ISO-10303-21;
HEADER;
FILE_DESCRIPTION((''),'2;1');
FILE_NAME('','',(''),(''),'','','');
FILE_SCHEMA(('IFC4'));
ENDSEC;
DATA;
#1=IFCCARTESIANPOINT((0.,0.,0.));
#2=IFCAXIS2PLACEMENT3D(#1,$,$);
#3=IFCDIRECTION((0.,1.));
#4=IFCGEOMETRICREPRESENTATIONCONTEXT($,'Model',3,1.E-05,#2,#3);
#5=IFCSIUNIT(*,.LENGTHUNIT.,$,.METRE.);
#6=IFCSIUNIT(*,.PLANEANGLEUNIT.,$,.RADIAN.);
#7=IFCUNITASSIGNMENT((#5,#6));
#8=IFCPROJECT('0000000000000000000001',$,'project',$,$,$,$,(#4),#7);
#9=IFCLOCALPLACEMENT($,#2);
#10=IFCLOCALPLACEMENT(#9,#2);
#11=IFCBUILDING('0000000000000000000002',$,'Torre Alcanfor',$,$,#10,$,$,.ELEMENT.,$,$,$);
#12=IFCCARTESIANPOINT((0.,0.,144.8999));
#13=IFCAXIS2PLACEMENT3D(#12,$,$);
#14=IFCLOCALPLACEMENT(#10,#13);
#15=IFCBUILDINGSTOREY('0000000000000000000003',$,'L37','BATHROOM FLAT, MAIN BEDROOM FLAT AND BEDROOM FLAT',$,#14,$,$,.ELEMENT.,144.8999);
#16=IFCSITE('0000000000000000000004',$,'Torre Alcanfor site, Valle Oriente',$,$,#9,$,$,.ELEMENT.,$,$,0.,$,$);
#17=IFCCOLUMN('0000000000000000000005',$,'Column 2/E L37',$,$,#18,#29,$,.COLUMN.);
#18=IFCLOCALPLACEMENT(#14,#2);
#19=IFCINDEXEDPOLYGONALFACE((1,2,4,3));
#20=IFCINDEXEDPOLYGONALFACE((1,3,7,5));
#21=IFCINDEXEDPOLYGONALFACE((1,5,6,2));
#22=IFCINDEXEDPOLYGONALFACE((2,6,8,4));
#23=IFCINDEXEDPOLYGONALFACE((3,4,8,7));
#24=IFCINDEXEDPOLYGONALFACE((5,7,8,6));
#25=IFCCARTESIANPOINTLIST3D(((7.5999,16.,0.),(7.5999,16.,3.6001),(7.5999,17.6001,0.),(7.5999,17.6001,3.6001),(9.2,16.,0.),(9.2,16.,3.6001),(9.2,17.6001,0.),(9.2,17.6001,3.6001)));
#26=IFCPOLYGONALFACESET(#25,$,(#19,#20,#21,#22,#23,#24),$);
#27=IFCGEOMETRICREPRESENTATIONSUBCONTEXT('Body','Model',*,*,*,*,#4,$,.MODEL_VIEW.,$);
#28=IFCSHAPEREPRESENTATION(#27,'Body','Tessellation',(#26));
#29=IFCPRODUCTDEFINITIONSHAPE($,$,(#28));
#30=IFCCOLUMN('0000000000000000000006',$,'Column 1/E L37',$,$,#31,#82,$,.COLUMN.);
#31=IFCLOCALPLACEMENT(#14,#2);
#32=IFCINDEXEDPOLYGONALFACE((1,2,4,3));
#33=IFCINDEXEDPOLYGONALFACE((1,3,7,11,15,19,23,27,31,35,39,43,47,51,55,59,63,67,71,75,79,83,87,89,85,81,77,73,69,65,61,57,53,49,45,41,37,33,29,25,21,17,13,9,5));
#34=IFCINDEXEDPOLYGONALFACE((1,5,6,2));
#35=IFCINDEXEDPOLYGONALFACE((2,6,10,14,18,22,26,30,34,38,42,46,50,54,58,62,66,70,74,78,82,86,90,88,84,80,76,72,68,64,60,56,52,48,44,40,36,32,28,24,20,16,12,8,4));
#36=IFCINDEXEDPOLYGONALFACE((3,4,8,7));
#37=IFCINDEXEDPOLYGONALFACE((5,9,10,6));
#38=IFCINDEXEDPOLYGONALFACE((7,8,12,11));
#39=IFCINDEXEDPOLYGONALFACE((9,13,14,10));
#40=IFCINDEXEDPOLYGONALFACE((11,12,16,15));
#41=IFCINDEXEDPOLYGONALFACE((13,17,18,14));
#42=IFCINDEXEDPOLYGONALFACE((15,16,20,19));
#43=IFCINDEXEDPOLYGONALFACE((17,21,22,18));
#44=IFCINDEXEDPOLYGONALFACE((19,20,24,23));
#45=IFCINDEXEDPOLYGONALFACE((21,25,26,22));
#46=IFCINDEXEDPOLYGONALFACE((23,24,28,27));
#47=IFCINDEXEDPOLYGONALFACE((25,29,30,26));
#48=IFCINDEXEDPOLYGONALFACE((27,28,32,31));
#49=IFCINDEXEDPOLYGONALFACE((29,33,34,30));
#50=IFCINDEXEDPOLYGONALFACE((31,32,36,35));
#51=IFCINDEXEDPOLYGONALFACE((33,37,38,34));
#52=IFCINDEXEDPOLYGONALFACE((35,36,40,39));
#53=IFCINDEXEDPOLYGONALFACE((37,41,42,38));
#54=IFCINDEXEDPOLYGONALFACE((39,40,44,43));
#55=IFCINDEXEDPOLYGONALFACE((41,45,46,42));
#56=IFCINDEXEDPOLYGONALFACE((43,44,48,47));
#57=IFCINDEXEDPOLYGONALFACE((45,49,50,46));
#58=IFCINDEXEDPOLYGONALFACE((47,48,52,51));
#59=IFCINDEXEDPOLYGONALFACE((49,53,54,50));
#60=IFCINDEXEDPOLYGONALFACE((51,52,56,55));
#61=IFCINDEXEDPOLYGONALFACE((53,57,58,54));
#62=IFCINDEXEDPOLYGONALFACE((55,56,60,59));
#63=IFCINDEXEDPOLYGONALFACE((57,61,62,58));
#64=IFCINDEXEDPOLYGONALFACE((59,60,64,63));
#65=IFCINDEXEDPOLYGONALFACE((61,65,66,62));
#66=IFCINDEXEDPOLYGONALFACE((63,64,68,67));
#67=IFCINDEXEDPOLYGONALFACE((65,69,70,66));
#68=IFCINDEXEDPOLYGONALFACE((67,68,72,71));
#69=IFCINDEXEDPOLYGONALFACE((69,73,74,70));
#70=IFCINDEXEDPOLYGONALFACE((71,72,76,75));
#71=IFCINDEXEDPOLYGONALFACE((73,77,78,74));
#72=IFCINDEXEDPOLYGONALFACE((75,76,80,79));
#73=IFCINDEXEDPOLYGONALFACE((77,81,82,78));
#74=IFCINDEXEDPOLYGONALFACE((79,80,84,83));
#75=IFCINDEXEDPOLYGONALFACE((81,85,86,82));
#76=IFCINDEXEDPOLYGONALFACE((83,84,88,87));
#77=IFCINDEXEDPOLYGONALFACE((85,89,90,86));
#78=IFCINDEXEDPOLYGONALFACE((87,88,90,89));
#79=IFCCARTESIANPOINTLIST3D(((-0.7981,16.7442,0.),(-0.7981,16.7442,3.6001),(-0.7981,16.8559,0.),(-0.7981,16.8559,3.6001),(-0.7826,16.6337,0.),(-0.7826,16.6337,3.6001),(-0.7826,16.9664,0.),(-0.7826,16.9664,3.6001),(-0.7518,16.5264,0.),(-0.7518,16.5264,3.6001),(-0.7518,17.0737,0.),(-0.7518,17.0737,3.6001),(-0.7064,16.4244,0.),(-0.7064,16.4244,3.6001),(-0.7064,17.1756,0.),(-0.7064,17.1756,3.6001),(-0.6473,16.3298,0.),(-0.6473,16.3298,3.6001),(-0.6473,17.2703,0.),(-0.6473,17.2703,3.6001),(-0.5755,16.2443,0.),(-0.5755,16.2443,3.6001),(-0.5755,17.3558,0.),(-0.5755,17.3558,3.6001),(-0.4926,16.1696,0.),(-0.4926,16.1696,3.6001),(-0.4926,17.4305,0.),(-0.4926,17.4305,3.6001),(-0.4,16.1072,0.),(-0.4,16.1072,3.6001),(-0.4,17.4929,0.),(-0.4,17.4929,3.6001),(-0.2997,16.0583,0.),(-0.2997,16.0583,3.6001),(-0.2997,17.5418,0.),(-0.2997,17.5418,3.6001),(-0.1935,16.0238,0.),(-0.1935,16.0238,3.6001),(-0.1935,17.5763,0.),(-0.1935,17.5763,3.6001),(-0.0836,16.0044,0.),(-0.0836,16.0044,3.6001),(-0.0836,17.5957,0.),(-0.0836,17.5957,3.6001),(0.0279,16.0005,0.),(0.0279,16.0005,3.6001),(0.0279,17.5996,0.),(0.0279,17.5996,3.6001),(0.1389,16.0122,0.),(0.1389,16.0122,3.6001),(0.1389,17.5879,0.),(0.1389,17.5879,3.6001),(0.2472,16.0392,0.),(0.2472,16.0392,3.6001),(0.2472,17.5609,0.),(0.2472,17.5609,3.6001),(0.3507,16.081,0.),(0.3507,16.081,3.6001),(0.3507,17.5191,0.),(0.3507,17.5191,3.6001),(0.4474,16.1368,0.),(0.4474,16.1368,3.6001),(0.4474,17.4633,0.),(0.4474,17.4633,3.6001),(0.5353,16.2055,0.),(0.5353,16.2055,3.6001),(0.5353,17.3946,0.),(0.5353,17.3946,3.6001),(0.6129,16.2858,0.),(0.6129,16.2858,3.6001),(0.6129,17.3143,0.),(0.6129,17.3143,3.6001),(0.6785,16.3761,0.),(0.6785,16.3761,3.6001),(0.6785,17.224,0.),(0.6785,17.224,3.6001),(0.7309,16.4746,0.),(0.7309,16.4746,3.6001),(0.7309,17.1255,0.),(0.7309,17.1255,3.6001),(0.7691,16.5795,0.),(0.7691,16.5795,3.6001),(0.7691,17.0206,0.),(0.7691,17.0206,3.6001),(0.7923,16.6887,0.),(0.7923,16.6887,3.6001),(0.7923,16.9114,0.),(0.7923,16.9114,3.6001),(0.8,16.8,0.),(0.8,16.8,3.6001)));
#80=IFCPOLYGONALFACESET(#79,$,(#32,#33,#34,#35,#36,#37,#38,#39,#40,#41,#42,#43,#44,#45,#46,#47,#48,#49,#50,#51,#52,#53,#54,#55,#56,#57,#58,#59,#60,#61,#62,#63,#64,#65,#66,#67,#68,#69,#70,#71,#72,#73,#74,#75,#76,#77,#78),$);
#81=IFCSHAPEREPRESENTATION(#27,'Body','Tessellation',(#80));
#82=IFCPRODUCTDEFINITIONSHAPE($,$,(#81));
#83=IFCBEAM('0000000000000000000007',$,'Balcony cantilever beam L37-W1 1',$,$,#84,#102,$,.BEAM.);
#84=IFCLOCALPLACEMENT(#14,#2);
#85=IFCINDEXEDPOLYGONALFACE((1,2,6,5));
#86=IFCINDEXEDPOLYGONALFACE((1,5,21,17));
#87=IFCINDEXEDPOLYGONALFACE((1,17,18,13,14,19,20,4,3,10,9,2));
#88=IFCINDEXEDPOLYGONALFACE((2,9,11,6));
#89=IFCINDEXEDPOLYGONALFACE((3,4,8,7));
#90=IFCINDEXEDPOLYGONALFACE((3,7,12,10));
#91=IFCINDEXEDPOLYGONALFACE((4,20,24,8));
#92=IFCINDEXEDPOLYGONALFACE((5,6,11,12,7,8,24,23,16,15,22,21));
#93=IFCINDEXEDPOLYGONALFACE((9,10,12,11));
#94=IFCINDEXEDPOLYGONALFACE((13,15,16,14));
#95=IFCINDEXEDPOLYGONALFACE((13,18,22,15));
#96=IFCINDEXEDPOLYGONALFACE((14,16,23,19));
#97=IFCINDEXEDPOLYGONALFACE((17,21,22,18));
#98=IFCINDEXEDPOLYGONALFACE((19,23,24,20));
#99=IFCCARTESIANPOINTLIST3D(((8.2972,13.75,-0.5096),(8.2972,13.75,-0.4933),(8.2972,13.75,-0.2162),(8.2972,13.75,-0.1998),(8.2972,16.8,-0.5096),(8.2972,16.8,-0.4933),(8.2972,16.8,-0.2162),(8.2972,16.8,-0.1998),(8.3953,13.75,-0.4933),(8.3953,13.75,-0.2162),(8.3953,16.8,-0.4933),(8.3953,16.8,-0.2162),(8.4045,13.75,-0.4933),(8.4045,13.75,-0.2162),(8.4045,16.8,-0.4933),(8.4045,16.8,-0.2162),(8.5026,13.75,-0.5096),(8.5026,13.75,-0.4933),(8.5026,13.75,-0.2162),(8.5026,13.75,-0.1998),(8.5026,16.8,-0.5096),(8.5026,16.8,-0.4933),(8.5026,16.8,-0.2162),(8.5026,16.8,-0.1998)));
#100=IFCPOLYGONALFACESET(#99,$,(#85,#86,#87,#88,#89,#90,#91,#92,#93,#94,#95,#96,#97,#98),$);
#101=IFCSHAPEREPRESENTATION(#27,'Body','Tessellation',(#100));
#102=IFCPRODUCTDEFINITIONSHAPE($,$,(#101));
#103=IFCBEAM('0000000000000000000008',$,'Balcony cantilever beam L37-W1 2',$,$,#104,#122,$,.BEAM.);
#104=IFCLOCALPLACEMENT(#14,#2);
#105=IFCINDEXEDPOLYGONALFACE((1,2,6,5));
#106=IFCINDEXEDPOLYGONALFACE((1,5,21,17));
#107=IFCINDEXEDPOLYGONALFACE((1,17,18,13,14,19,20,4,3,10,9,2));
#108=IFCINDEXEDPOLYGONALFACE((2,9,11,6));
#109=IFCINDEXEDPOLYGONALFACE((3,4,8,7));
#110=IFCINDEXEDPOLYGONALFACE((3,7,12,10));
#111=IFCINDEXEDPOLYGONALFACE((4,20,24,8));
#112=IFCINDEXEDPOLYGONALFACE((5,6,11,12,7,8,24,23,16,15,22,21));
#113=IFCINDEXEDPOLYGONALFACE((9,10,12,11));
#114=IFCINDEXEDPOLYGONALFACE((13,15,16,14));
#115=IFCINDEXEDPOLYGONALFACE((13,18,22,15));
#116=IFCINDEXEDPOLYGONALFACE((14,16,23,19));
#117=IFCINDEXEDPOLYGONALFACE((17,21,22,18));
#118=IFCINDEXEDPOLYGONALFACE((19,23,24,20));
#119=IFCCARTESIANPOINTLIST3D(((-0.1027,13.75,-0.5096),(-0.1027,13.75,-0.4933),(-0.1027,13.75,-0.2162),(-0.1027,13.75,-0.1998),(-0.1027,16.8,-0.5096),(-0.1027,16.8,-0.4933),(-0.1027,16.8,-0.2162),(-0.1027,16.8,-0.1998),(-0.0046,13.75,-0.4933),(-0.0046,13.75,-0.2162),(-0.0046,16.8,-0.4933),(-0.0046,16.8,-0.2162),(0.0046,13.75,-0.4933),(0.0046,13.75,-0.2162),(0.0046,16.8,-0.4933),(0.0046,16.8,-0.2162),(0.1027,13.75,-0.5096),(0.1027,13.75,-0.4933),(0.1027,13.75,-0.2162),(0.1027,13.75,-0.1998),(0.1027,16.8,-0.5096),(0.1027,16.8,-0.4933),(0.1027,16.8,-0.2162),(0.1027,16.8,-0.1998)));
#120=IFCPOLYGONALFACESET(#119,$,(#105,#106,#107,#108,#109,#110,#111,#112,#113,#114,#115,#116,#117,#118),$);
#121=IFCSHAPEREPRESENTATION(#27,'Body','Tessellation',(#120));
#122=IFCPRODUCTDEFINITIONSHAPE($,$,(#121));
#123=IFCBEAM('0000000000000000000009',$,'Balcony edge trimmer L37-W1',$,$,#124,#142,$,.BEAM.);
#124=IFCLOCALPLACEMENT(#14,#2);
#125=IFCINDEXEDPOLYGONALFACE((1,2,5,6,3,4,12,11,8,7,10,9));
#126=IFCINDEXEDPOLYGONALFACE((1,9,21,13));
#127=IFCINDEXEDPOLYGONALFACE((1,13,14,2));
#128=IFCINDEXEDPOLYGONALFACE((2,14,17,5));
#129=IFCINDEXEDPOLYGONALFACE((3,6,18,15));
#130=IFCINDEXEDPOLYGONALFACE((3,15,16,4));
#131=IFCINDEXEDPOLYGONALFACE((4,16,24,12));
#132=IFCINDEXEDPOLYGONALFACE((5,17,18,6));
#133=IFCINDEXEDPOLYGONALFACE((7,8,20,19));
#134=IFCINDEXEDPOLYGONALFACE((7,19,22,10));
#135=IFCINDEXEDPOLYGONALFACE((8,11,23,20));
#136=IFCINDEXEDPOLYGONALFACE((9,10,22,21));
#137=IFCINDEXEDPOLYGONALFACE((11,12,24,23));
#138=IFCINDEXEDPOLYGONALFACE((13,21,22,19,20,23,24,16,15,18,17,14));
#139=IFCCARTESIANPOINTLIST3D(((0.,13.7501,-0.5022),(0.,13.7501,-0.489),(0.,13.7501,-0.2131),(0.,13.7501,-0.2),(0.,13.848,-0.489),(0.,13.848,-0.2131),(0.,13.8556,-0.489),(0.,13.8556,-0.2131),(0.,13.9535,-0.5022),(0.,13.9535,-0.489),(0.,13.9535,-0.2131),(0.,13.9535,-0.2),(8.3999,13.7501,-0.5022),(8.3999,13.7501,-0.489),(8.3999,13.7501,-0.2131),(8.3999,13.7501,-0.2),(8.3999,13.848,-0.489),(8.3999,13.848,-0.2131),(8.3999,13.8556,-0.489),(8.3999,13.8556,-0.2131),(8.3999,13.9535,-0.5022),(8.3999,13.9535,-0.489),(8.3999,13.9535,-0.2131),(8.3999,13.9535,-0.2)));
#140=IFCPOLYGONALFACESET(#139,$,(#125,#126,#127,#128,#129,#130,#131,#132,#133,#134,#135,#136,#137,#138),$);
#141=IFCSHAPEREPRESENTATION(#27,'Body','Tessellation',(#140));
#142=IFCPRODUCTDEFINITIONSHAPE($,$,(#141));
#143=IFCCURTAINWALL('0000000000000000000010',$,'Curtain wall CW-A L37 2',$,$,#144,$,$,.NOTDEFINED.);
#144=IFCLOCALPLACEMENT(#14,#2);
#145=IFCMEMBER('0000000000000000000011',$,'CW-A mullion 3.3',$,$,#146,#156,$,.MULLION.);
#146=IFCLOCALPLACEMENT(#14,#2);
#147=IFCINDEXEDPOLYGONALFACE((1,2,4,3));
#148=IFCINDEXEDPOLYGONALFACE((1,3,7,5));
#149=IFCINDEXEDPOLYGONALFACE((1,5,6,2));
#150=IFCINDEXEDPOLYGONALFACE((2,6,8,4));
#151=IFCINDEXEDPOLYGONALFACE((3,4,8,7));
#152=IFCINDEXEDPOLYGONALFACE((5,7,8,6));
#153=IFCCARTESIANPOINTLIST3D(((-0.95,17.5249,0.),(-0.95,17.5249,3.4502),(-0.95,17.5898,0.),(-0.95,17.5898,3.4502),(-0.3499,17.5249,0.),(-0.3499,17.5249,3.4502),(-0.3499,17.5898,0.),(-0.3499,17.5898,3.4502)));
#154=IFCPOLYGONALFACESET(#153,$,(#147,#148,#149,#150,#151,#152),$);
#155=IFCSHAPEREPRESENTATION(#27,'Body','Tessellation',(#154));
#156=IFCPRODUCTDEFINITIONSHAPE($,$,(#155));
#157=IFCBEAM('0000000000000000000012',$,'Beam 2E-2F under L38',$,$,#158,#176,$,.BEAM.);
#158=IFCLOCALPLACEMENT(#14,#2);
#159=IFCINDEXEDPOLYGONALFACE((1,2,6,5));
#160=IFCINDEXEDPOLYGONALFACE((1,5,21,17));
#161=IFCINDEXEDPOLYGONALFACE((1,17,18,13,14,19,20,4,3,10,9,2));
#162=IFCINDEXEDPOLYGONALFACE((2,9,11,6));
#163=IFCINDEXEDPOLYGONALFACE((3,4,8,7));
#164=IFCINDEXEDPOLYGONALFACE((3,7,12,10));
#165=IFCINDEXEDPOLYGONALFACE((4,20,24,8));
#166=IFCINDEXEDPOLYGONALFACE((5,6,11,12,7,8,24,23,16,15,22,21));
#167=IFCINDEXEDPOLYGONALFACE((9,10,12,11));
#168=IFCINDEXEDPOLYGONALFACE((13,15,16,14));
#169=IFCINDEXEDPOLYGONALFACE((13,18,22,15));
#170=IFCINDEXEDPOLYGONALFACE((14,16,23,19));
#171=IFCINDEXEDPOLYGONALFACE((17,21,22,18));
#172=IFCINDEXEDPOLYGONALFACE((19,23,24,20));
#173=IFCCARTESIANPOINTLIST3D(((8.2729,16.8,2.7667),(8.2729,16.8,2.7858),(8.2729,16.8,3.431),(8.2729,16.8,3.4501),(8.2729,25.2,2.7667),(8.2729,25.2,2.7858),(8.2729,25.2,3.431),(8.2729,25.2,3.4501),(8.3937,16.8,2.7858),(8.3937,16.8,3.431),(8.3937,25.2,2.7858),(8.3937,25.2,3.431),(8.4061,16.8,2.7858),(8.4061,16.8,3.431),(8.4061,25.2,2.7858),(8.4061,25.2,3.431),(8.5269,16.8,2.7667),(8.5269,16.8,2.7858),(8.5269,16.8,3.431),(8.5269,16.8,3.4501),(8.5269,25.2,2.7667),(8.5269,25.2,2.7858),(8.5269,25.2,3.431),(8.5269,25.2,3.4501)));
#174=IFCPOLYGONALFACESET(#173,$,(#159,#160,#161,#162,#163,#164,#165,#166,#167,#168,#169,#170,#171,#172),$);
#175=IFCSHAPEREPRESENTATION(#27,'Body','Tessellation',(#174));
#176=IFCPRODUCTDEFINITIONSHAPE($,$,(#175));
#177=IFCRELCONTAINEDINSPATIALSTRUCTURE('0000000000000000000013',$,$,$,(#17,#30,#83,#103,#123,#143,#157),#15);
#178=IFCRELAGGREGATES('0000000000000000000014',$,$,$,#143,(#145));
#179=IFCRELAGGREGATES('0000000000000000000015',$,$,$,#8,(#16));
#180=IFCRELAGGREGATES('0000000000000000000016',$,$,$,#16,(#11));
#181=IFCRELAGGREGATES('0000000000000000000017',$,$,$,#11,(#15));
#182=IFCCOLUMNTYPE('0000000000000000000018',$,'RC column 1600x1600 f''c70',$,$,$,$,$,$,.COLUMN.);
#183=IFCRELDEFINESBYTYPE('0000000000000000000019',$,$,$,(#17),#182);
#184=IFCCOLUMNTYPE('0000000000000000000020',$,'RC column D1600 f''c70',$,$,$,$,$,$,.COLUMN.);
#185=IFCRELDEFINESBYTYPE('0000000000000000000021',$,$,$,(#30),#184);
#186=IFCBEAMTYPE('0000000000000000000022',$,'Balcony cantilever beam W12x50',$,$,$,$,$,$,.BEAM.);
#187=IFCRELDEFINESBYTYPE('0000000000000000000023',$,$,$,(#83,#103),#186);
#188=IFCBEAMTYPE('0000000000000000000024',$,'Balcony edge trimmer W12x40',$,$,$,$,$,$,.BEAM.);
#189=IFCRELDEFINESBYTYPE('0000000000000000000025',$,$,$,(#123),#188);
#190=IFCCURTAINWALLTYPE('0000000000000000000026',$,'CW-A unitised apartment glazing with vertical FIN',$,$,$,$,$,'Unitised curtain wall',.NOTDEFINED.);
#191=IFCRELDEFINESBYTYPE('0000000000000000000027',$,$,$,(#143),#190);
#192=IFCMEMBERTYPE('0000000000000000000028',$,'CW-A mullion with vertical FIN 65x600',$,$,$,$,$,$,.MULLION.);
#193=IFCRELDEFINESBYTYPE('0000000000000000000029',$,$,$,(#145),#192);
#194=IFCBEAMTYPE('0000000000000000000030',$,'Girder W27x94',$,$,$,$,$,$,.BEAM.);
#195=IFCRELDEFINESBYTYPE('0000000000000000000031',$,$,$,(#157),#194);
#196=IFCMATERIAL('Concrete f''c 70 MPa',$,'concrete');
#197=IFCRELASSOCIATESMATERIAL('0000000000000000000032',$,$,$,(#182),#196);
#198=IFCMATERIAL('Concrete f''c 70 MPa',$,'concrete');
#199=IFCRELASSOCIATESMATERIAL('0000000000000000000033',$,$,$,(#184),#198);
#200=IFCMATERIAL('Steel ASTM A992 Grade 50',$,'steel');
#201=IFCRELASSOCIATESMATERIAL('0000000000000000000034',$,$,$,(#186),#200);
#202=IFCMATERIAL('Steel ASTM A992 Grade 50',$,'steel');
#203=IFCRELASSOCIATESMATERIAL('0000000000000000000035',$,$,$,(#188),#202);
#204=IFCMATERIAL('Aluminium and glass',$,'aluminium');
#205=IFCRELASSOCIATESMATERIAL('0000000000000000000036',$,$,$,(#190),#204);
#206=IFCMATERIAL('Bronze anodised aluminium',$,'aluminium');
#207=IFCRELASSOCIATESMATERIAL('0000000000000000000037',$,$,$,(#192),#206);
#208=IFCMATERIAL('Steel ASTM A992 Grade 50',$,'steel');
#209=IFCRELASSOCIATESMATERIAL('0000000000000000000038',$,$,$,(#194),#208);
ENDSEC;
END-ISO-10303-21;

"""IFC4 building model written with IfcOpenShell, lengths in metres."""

from ifc_helpers import new_model, si_unit, direction, frame, origin, origin_2d, place, context, subcontext, project, spatial, rectangle, circle, i_section, extrude, material, material_profile, profile_set, type_object, element, aggregate, save


model = new_model("IFC4")

# Units and contexts
model_context = context("Model", 3, precision=1e-05, world=origin(), true_north=direction((0.0, 1.0)))
body_context = subcontext(model_context, "Body", "Model", "MODEL_VIEW")
ifc_project = project(units=[si_unit("LENGTHUNIT", "METRE"), si_unit("PLANEANGLEUNIT", "RADIAN")], contexts=[model_context])

# Site, building, storey
site_placement = place(None, origin())
site = spatial("IfcSite", under=ifc_project, at=site_placement, Name="Torre Alcanfor site, Valle Oriente", CompositionType="ELEMENT", RefElevation=0.0)
building_placement = place(site_placement, origin())
building = spatial("IfcBuilding", under=site, at=building_placement, Name="Torre Alcanfor", CompositionType="ELEMENT")
storey_placement = place(building_placement, frame((0.0, 0.0, 144.8999)))
storey = spatial("IfcBuildingStorey", under=building, at=storey_placement, Name="L37", Description="BATHROOM FLAT, MAIN BEDROOM FLAT AND BEDROOM FLAT", CompositionType="ELEMENT", Elevation=144.8999)

# Columns
ifc_material_1 = material(Name="Concrete f'c 70 MPa", Category="concrete")
ifc_material_profile_1 = material_profile(ifc_material_1, rectangle(XDim=1.6001, YDim=1.6001, at=origin_2d()), Name="1600x1600")
ifc_profile_set_1 = profile_set([ifc_material_profile_1], Name="Concrete f'c 70 MPa")
column_type_1 = type_object("IfcColumnType", Name="RC column 1600x1600 f'c70", PredefinedType="COLUMN", material=ifc_profile_set_1)
column_1_placement = place(storey_placement, frame((8.3999, 16.8, 0.0), z_axis=(0.0, 0.0, 1.0), x_axis=(1.0, 0.0, 0.0)))
element("IfcColumn", 1, at=column_1_placement, inside=storey, type_object=column_type_1, Name="Column 2/E L37", PredefinedType="COLUMN", context=body_context, shape_type="SweptSolid", body=[
    extrude(rectangle(XDim=1.6001, YDim=1.6001, at=origin_2d()), origin(), (0.0, 0.0, 1.0), 3.6001),
])
ifc_material_2 = material(Name="Concrete f'c 70 MPa", Category="concrete")
ifc_material_profile_2 = material_profile(ifc_material_2, circle(Radius=0.8, at=origin_2d()), Name="D1600")
ifc_profile_set_2 = profile_set([ifc_material_profile_2], Name="Concrete f'c 70 MPa")
column_type_2 = type_object("IfcColumnType", Name="RC column D1600 f'c70", PredefinedType="COLUMN", material=ifc_profile_set_2)
column_2_placement = place(storey_placement, frame((0.0, 16.8, 0.0), z_axis=(0.0, 0.0, 1.0), x_axis=(1.0, 0.0, 0.0)))
element("IfcColumn", 2, at=column_2_placement, inside=storey, type_object=column_type_2, Name="Column 1/E L37", PredefinedType="COLUMN", context=body_context, shape_type="SweptSolid", body=[
    extrude(circle(Radius=0.8, at=origin_2d()), origin(), (0.0, 0.0, 1.0), 3.6001),
])

# Beams
ifc_material_3 = material(Name="Steel ASTM A992 Grade 50", Category="steel")
ifc_material_profile_3 = material_profile(ifc_material_3, i_section(OverallWidth=0.2053, OverallDepth=0.3098, WebThickness=0.0093, FlangeThickness=0.0164, at=origin_2d()), Name="W12x50")
ifc_profile_set_3 = profile_set([ifc_material_profile_3], Name="Steel ASTM A992 Grade 50")
beam_type_1 = type_object("IfcBeamType", Name="Balcony cantilever beam W12x50", PredefinedType="BEAM", material=ifc_profile_set_3)
for number, where, z_axis, x_axis, name in (
    (3, (8.3999, 16.8, -0.3547), (0.0, -1.0, 0.0), (1.0, 0.0, 0.0), "Balcony cantilever beam L37-W1 1"),
    (4, (0.0, 16.8, -0.3547), (0.0, -1.0, 0.0), (1.0, 0.0, 0.0), "Balcony cantilever beam L37-W1 2"),
):
    element("IfcBeam", number, at=place(storey_placement, frame(where, z_axis=z_axis, x_axis=x_axis)), inside=storey, type_object=beam_type_1, Name=name, PredefinedType="BEAM", context=body_context, shape_type="SweptSolid", body=[
        extrude(i_section(OverallWidth=0.2053, OverallDepth=0.3098, WebThickness=0.0093, FlangeThickness=0.0164, at=origin_2d()), origin(), (0.0, 0.0, 1.0), 3.05),
    ])
ifc_material_4 = material(Name="Steel ASTM A992 Grade 50", Category="steel")
ifc_material_profile_4 = material_profile(ifc_material_4, i_section(OverallWidth=0.2034, OverallDepth=0.3022, WebThickness=0.0076, FlangeThickness=0.0132, at=origin_2d()), Name="W12x40")
ifc_profile_set_4 = profile_set([ifc_material_profile_4], Name="Steel ASTM A992 Grade 50")
beam_type_2 = type_object("IfcBeamType", Name="Balcony edge trimmer W12x40", PredefinedType="BEAM", material=ifc_profile_set_4)
beam_1_placement = place(storey_placement, frame((8.3999, 13.8518, -0.3511), z_axis=(-1.0, 0.0, 0.0), x_axis=(0.0, -1.0, 0.0)))
element("IfcBeam", 5, at=beam_1_placement, inside=storey, type_object=beam_type_2, Name="Balcony edge trimmer L37-W1", PredefinedType="BEAM", context=body_context, shape_type="SweptSolid", body=[
    extrude(i_section(OverallWidth=0.2034, OverallDepth=0.3022, WebThickness=0.0076, FlangeThickness=0.0132, at=origin_2d()), origin(), (0.0, 0.0, 1.0), 8.3999),
])

# Curtain wall, member
ifc_material_5 = material(Name="Aluminium and glass", Category="aluminium")
curtain_wall_type = type_object("IfcCurtainWallType", Name="CW-A unitised apartment glazing with vertical FIN", ElementType="Unitised curtain wall", PredefinedType="NOTDEFINED", material=ifc_material_5)
curtain_wall_placement = place(storey_placement, origin())
curtain_wall = element("IfcCurtainWall", 6, at=curtain_wall_placement, inside=storey, type_object=curtain_wall_type, Name="Curtain wall CW-A L37 2", PredefinedType="NOTDEFINED")
ifc_material_6 = material(Name="Bronze anodised aluminium", Category="aluminium")
ifc_material_profile_5 = material_profile(ifc_material_6, rectangle(XDim=0.6001, YDim=0.0649, at=origin_2d()), Name="CW-A mullion 65x600")
ifc_profile_set_5 = profile_set([ifc_material_profile_5], Name="Bronze anodised aluminium")
member_type = type_object("IfcMemberType", Name="CW-A mullion with vertical FIN 65x600", PredefinedType="MULLION", material=ifc_profile_set_5)
member_placement = place(storey_placement, frame((-0.6499, 17.5574, 0.0), z_axis=(0.0, 0.0, 1.0), x_axis=(1.0, 0.0, 0.0)))
member = element("IfcMember", 7, at=member_placement, type_object=member_type, Name="CW-A mullion 3.3", PredefinedType="MULLION", context=body_context, shape_type="SweptSolid", body=[
    extrude(rectangle(XDim=0.6001, YDim=0.0649, at=origin_2d()), origin(), (0.0, 0.0, 1.0), 3.4502),
])

# Beam
ifc_material_7 = material(Name="Steel ASTM A992 Grade 50", Category="steel")
ifc_material_profile_6 = material_profile(ifc_material_7, i_section(OverallWidth=0.2539, OverallDepth=0.6833, WebThickness=0.0125, FlangeThickness=0.019, at=origin_2d()), Name="W27x94")
ifc_profile_set_6 = profile_set([ifc_material_profile_6], Name="Steel ASTM A992 Grade 50")
beam_type_3 = type_object("IfcBeamType", Name="Girder W27x94", PredefinedType="BEAM", material=ifc_profile_set_6)
beam_2_placement = place(storey_placement, frame((8.3999, 16.8, 3.1084), z_axis=(0.0, 1.0, 0.0), x_axis=(-1.0, 0.0, 0.0)))
element("IfcBeam", 8, at=beam_2_placement, inside=storey, type_object=beam_type_3, Name="Beam 2E-2F under L38", PredefinedType="BEAM", context=body_context, shape_type="SweptSolid", body=[
    extrude(i_section(OverallWidth=0.2539, OverallDepth=0.6833, WebThickness=0.0125, FlangeThickness=0.019, at=origin_2d()), origin(), (0.0, 0.0, 1.0), 8.3999),
])

aggregate(curtain_wall, [member])

save(model, "model.ifc")
